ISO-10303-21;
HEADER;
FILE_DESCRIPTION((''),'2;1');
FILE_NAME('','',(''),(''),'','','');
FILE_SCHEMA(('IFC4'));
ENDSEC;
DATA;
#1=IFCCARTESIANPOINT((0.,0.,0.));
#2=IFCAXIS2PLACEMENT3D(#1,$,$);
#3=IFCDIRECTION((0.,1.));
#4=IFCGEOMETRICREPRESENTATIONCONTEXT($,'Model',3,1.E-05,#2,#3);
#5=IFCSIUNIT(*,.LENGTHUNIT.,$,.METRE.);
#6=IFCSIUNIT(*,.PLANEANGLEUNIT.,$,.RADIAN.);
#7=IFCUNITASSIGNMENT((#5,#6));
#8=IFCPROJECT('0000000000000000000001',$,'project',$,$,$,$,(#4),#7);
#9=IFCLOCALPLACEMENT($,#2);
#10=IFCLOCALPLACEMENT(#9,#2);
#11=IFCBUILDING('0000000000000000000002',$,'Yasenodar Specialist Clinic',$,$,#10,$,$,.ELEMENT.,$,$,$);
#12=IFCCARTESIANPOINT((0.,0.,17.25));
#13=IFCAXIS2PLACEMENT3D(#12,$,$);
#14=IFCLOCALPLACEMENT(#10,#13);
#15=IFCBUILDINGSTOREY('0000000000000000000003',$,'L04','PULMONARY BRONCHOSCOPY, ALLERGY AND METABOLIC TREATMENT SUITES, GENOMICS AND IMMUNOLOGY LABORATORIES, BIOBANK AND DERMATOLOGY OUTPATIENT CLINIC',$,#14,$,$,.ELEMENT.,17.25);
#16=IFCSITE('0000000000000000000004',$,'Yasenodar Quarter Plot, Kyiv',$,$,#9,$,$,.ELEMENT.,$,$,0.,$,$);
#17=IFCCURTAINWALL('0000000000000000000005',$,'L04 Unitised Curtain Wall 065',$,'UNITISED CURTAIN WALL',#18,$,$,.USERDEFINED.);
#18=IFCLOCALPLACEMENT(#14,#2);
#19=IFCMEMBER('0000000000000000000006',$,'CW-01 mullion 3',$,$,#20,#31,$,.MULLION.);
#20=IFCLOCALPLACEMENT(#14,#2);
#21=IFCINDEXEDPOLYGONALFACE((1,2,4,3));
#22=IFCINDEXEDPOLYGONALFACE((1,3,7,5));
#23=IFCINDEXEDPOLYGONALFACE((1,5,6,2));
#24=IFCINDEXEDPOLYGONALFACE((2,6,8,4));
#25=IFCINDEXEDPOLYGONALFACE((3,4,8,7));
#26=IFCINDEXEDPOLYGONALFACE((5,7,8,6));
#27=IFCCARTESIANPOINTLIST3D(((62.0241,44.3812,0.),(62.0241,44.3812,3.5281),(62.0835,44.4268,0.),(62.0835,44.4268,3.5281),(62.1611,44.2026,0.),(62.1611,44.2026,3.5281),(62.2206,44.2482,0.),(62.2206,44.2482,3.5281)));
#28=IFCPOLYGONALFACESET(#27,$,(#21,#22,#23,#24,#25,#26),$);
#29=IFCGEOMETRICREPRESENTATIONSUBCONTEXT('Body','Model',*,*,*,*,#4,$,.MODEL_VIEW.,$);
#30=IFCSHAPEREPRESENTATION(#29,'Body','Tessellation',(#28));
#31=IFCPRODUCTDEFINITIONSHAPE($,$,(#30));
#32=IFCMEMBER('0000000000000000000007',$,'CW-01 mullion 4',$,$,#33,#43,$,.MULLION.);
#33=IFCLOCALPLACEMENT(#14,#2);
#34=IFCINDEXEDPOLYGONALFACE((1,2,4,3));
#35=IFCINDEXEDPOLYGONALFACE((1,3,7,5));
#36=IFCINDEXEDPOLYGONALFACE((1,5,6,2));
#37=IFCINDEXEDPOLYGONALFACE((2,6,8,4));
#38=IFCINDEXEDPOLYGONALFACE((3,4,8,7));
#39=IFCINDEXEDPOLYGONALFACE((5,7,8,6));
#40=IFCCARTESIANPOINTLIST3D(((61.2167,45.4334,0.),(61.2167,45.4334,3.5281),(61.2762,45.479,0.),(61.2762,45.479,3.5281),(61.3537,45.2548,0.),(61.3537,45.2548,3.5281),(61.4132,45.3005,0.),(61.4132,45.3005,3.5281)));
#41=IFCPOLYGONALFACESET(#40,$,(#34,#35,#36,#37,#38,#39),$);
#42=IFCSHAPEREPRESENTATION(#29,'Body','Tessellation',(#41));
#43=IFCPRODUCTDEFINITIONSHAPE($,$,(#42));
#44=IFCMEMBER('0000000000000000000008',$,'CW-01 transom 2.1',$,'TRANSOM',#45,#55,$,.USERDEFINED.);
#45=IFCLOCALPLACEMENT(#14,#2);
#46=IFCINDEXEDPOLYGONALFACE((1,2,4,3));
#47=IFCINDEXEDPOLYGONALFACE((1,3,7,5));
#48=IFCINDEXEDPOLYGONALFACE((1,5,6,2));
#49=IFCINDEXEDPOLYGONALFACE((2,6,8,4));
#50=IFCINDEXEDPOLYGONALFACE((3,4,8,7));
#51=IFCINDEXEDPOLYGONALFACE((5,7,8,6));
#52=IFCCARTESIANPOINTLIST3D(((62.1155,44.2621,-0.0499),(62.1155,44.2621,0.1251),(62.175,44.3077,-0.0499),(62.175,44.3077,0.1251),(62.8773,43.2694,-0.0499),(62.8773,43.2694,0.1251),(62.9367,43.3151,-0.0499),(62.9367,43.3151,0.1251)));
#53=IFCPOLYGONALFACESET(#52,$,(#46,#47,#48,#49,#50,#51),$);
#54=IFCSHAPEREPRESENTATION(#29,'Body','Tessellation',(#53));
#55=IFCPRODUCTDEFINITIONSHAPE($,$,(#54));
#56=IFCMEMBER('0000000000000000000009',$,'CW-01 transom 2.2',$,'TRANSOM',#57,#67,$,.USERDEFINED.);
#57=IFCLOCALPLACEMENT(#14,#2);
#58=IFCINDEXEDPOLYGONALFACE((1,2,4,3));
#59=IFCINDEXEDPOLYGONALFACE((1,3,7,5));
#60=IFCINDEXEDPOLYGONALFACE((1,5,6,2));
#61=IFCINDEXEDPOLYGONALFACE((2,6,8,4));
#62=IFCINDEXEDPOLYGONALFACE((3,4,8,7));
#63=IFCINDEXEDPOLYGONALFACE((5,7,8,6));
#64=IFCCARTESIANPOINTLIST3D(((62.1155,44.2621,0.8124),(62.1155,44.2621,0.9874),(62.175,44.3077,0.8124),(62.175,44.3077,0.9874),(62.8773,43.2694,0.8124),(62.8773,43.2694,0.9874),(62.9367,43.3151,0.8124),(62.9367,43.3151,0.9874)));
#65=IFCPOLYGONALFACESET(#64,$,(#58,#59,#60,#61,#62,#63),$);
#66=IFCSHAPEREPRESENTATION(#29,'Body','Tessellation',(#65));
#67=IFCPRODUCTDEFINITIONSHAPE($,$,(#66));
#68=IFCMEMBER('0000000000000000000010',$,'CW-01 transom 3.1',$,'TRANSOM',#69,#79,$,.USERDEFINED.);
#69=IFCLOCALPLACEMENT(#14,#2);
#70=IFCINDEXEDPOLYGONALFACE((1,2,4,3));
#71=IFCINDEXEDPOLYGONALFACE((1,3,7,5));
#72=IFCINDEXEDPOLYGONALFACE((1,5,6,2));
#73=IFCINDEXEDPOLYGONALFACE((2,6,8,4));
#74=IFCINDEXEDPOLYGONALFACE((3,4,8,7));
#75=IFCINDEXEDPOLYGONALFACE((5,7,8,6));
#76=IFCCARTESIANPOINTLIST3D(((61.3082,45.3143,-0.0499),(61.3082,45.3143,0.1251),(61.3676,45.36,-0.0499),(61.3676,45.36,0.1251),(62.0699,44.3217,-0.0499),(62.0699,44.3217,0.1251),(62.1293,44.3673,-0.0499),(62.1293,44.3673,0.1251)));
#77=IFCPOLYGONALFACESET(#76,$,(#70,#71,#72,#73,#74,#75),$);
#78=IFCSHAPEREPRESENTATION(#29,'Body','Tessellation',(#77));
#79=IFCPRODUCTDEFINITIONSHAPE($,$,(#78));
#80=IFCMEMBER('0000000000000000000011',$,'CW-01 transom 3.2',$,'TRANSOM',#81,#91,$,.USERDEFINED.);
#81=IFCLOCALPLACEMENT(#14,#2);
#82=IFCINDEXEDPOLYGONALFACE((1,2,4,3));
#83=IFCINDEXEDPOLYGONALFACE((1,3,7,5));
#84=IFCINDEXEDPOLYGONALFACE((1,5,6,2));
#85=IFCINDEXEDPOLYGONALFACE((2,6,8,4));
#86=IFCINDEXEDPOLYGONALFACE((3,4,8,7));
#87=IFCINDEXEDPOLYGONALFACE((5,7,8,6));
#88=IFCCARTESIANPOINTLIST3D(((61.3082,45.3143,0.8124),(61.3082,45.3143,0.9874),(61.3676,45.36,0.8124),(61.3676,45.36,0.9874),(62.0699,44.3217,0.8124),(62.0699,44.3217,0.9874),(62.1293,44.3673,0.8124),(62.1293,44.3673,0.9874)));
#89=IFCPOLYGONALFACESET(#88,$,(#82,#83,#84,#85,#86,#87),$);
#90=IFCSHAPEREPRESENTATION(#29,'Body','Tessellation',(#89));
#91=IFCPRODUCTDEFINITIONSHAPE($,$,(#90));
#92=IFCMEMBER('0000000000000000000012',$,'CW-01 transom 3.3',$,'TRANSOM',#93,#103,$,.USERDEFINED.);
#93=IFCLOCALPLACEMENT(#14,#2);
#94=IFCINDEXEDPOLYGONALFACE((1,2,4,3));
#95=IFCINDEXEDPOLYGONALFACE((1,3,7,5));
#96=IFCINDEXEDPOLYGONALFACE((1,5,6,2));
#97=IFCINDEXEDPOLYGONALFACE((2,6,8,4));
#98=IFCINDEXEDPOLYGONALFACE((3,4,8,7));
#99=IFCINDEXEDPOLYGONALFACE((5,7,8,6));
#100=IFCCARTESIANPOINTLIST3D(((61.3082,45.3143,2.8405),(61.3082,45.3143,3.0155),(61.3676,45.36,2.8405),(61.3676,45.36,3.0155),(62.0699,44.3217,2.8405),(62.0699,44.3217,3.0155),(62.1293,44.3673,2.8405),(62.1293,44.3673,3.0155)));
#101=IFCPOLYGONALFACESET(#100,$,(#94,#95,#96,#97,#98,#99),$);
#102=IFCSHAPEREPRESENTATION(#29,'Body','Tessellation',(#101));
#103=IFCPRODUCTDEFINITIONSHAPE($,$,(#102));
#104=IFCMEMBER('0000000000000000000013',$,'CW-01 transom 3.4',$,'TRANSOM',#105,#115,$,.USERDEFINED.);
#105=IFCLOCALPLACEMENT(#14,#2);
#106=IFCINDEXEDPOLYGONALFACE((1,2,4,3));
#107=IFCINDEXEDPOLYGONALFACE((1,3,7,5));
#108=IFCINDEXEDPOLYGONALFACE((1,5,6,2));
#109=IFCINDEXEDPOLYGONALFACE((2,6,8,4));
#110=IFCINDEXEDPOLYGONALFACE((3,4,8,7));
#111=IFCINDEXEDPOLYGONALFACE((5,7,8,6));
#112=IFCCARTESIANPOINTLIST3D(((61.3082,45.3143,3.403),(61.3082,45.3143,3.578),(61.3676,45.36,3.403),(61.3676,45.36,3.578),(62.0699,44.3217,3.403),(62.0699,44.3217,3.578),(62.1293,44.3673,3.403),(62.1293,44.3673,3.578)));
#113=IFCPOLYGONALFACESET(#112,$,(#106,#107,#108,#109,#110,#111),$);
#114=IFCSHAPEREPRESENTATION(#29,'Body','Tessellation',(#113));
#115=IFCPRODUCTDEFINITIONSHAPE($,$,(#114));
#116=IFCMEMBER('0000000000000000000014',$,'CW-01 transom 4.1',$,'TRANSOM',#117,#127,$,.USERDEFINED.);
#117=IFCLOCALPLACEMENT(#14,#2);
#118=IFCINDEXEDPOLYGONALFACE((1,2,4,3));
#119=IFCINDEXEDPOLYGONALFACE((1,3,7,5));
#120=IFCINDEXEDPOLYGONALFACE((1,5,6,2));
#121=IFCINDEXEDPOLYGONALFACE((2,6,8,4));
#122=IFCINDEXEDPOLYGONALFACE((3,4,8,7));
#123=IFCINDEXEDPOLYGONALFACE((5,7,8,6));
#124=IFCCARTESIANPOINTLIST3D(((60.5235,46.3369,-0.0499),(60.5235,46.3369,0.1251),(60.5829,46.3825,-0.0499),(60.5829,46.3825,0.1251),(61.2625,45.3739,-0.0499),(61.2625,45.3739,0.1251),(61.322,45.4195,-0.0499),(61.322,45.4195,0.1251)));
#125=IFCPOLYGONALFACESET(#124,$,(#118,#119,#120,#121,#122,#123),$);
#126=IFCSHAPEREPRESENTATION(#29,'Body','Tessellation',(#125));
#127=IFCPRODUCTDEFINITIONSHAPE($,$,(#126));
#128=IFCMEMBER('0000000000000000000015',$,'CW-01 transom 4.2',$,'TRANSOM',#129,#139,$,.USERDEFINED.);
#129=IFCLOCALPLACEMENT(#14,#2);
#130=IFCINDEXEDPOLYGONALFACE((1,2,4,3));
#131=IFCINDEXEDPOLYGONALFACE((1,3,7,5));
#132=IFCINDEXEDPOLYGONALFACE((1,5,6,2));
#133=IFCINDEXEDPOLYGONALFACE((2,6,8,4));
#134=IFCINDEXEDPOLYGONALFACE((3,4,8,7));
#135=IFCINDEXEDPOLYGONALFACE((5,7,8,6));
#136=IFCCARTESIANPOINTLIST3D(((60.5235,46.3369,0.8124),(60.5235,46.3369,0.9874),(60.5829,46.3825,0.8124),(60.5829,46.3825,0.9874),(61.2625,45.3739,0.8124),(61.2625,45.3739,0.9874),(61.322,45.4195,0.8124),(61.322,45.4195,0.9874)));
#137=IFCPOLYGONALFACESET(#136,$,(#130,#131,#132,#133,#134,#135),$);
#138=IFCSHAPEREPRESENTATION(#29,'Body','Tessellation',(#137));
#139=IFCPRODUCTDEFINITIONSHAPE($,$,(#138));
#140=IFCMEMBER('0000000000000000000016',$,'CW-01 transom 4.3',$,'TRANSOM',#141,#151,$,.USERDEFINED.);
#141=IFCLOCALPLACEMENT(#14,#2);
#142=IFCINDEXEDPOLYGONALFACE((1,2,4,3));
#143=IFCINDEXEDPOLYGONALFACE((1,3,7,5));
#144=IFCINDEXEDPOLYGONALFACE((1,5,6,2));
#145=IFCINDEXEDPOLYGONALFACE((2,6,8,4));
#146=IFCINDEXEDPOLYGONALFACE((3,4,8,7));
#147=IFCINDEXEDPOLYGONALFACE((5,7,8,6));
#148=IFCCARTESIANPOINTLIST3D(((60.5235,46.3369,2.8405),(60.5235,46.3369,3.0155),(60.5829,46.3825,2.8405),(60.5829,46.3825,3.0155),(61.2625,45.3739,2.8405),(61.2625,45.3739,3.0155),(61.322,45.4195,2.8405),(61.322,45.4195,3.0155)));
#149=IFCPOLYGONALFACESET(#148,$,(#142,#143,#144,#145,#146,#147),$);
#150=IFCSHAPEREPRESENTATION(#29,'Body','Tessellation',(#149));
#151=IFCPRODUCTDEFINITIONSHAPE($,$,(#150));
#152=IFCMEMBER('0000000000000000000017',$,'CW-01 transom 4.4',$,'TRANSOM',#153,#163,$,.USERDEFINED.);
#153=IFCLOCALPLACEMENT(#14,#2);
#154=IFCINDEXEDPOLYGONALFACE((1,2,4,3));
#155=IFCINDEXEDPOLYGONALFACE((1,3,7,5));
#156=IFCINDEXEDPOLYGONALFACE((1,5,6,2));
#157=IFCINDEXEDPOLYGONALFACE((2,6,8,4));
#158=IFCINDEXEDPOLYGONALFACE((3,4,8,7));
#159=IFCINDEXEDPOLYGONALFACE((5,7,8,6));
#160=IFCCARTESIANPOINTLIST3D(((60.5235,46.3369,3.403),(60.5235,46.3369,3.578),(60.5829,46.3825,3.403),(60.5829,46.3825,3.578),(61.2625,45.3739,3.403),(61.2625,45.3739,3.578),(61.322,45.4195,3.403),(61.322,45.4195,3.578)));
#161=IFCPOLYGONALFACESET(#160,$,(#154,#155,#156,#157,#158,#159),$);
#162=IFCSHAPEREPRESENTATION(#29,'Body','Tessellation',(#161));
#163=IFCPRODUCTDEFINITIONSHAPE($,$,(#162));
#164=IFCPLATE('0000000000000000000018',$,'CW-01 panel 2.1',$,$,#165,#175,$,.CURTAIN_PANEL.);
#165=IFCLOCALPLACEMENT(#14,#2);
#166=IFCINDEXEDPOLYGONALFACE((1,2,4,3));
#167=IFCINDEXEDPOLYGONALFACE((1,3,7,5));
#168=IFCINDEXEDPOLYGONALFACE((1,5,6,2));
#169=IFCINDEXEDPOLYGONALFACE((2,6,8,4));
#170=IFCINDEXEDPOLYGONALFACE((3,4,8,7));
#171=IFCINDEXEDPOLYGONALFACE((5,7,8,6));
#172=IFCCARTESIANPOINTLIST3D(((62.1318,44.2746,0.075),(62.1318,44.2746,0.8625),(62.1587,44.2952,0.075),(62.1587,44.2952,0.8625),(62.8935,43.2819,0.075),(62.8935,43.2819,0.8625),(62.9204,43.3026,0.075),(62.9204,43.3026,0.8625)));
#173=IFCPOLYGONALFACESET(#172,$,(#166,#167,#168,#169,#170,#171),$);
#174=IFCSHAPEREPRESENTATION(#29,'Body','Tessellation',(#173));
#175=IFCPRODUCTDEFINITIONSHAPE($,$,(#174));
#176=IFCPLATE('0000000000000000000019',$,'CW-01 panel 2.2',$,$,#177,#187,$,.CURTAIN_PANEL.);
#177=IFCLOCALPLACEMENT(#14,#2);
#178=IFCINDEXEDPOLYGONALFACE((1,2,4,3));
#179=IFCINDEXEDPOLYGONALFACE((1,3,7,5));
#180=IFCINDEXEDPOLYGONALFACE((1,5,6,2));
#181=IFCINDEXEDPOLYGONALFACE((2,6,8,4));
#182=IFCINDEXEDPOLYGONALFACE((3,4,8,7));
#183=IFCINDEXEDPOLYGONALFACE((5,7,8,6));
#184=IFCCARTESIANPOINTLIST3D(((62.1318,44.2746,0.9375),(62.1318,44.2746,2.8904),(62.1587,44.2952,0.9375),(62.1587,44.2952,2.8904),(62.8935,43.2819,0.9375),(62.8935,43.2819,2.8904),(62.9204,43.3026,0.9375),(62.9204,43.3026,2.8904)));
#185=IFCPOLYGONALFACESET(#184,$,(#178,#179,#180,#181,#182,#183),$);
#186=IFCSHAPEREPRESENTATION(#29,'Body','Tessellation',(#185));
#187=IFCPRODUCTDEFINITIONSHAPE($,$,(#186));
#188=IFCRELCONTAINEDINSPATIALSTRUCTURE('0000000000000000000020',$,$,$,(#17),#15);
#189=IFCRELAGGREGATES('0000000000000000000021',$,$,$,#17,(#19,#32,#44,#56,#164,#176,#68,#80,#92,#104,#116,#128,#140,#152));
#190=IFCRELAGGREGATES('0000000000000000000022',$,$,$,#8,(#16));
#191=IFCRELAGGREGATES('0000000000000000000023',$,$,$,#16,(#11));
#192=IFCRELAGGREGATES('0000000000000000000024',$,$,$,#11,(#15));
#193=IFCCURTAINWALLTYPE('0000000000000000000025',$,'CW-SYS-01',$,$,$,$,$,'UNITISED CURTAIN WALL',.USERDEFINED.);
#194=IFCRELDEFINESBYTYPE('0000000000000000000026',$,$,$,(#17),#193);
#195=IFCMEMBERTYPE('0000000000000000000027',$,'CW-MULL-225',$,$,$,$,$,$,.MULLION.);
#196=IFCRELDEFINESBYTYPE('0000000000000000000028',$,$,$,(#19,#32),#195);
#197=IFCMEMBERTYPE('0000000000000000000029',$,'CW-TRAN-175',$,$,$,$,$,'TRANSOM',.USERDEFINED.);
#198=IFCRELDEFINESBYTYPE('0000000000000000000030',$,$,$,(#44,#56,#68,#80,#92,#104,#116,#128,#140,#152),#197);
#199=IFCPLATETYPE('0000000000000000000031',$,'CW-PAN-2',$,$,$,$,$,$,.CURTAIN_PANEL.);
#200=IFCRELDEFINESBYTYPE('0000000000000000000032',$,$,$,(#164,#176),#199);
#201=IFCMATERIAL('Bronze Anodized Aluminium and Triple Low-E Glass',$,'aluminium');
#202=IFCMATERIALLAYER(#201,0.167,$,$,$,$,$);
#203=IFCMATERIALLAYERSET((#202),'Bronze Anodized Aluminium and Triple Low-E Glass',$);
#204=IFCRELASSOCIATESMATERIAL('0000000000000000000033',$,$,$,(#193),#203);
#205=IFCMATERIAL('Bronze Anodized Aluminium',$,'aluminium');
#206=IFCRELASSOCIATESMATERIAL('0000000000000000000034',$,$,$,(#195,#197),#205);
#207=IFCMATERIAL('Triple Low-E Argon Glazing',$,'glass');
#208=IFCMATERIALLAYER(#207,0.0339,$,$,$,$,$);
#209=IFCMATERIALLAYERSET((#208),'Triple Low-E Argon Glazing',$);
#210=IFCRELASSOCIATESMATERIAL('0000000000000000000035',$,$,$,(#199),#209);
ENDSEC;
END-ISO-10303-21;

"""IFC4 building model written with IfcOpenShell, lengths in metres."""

from ifc_helpers import new_model, si_unit, direction, frame, origin, origin_2d, place, context, subcontext, project, spatial, rectangle, extrude, material, layer, layer_set, material_profile, profile_set, type_object, element, aggregate, save


model = new_model("IFC4")

# Units and contexts
model_context = context("Model", 3, precision=1e-05, world=origin(), true_north=direction((0.0, 1.0)))
body_context = subcontext(model_context, "Body", "Model", "MODEL_VIEW")
ifc_project = project(units=[si_unit("LENGTHUNIT", "METRE"), si_unit("PLANEANGLEUNIT", "RADIAN")], contexts=[model_context])

# Site, building, storey
site_placement = place(None, origin())
site = spatial("IfcSite", under=ifc_project, at=site_placement, Name="Yasenodar Quarter Plot, Kyiv", CompositionType="ELEMENT", RefElevation=0.0)
building_placement = place(site_placement, origin())
building = spatial("IfcBuilding", under=site, at=building_placement, Name="Yasenodar Specialist Clinic", CompositionType="ELEMENT")
storey_placement = place(building_placement, frame((0.0, 0.0, 17.25)))
storey = spatial("IfcBuildingStorey", under=building, at=storey_placement, Name="L04", Description="PULMONARY BRONCHOSCOPY, ALLERGY AND METABOLIC TREATMENT SUITES, GENOMICS AND IMMUNOLOGY LABORATORIES, BIOBANK AND DERMATOLOGY OUTPATIENT CLINIC", CompositionType="ELEMENT", Elevation=17.25)

# Curtain wall, members, plates
ifc_material_1 = material(Name="Bronze Anodized Aluminium and Triple Low-E Glass", Category="aluminium")
ifc_layer_1 = layer(ifc_material_1, 0.167)
ifc_layer_set_1 = layer_set([ifc_layer_1], Name="Bronze Anodized Aluminium and Triple Low-E Glass")
curtain_wall_type = type_object("IfcCurtainWallType", Name="CW-SYS-01", ElementType="UNITISED CURTAIN WALL", PredefinedType="USERDEFINED", material=ifc_layer_set_1)
curtain_wall_placement = place(storey_placement, origin())
curtain_wall = element("IfcCurtainWall", 1, at=curtain_wall_placement, inside=storey, type_object=curtain_wall_type, Name="L04 Unitised Curtain Wall 065", ObjectType="UNITISED CURTAIN WALL", PredefinedType="USERDEFINED")
ifc_material_2 = material(Name="Bronze Anodized Aluminium", Category="aluminium")
ifc_material_profile_1 = material_profile(ifc_material_2, rectangle(XDim=0.075, YDim=0.2251, at=origin_2d()), Name="CW-MULL 75x225")
ifc_profile_set_1 = profile_set([ifc_material_profile_1], Name="Bronze Anodized Aluminium")
member_type_1 = type_object("IfcMemberType", Name="CW-MULL-225", PredefinedType="MULLION", material=ifc_profile_set_1)
member_1_placement = place(storey_placement, frame((62.1223, 44.3147, 0.0), z_axis=(0.0, 0.0, 1.0), x_axis=(-0.793361, -0.608752, 0.0)))
member_1 = element("IfcMember", 2, at=member_1_placement, type_object=member_type_1, Name="CW-01 mullion 3", PredefinedType="MULLION", context=body_context, shape_type="SweptSolid", body=[
    extrude(rectangle(XDim=0.075, YDim=0.2251, at=origin_2d()), origin(), (0.0, 0.0, 1.0), 3.5281),
])
member_2_placement = place(storey_placement, frame((61.3149, 45.3669, 0.0), z_axis=(0.0, 0.0, 1.0), x_axis=(-0.793361, -0.608752, 0.0)))
member_2 = element("IfcMember", 3, at=member_2_placement, type_object=member_type_1, Name="CW-01 mullion 4", PredefinedType="MULLION", context=body_context, shape_type="SweptSolid", body=[
    extrude(rectangle(XDim=0.075, YDim=0.2251, at=origin_2d()), origin(), (0.0, 0.0, 1.0), 3.5281),
])
ifc_material_profile_2 = material_profile(ifc_material_2, rectangle(XDim=0.075, YDim=0.175, at=origin_2d()), Name="CW-TRAN 75x175")
ifc_profile_set_2 = profile_set([ifc_material_profile_2], Name="Bronze Anodized Aluminium")
member_type_2 = type_object("IfcMemberType", Name="CW-TRAN-175", ElementType="TRANSOM", PredefinedType="USERDEFINED", material=ifc_profile_set_2)
member_3_placement = place(storey_placement, frame((62.907, 43.2922, 0.0376), z_axis=(-0.608767, 0.793349, 0.0), x_axis=(-0.793349, -0.608767, 0.0)))
member_3 = element("IfcMember", 4, at=member_3_placement, type_object=member_type_2, Name="CW-01 transom 2.1", ObjectType="TRANSOM", PredefinedType="USERDEFINED", context=body_context, shape_type="SweptSolid", body=[
    extrude(rectangle(XDim=0.075, YDim=0.175, at=origin_2d()), origin(), (0.0, 0.0, 1.0), 1.2512),
])
member_4_placement = place(storey_placement, frame((62.907, 43.2922, 0.8999), z_axis=(-0.608767, 0.793349, 0.0), x_axis=(-0.793349, -0.608767, 0.0)))
member_4 = element("IfcMember", 5, at=member_4_placement, type_object=member_type_2, Name="CW-01 transom 2.2", ObjectType="TRANSOM", PredefinedType="USERDEFINED", context=body_context, shape_type="SweptSolid", body=[
    extrude(rectangle(XDim=0.075, YDim=0.175, at=origin_2d()), origin(), (0.0, 0.0, 1.0), 1.2512),
])
member_5_placement = place(storey_placement, frame((62.0996, 44.3445, 0.0376), z_axis=(-0.608767, 0.793349, 0.0), x_axis=(-0.793349, -0.608767, 0.0)))
member_5 = element("IfcMember", 6, at=member_5_placement, type_object=member_type_2, Name="CW-01 transom 3.1", ObjectType="TRANSOM", PredefinedType="USERDEFINED", context=body_context, shape_type="SweptSolid", body=[
    extrude(rectangle(XDim=0.075, YDim=0.175, at=origin_2d()), origin(), (0.0, 0.0, 1.0), 1.2512),
])
member_6_placement = place(storey_placement, frame((62.0996, 44.3445, 0.8999), z_axis=(-0.608767, 0.793349, 0.0), x_axis=(-0.793349, -0.608767, 0.0)))
member_6 = element("IfcMember", 7, at=member_6_placement, type_object=member_type_2, Name="CW-01 transom 3.2", ObjectType="TRANSOM", PredefinedType="USERDEFINED", context=body_context, shape_type="SweptSolid", body=[
    extrude(rectangle(XDim=0.075, YDim=0.175, at=origin_2d()), origin(), (0.0, 0.0, 1.0), 1.2512),
])
member_7_placement = place(storey_placement, frame((62.0996, 44.3445, 2.928), z_axis=(-0.608767, 0.793349, 0.0), x_axis=(-0.793349, -0.608767, 0.0)))
member_7 = element("IfcMember", 8, at=member_7_placement, type_object=member_type_2, Name="CW-01 transom 3.3", ObjectType="TRANSOM", PredefinedType="USERDEFINED", context=body_context, shape_type="SweptSolid", body=[
    extrude(rectangle(XDim=0.075, YDim=0.175, at=origin_2d()), origin(), (0.0, 0.0, 1.0), 1.2512),
])
member_8_placement = place(storey_placement, frame((62.0996, 44.3445, 3.4905), z_axis=(-0.608767, 0.793349, 0.0), x_axis=(-0.793349, -0.608767, 0.0)))
member_8 = element("IfcMember", 9, at=member_8_placement, type_object=member_type_2, Name="CW-01 transom 3.4", ObjectType="TRANSOM", PredefinedType="USERDEFINED", context=body_context, shape_type="SweptSolid", body=[
    extrude(rectangle(XDim=0.075, YDim=0.175, at=origin_2d()), origin(), (0.0, 0.0, 1.0), 1.2512),
])
member_9_placement = place(storey_placement, frame((61.2922, 45.3967, 0.0376), z_axis=(-0.608845, 0.793289, 0.0), x_axis=(-0.793289, -0.608845, 0.0)))
member_9 = element("IfcMember", 10, at=member_9_placement, type_object=member_type_2, Name="CW-01 transom 4.1", ObjectType="TRANSOM", PredefinedType="USERDEFINED", context=body_context, shape_type="SweptSolid", body=[
    extrude(rectangle(XDim=0.075, YDim=0.175, at=origin_2d()), origin(), (0.0, 0.0, 1.0), 1.2139),
])
member_10_placement = place(storey_placement, frame((61.2922, 45.3967, 0.8999), z_axis=(-0.608845, 0.793289, 0.0), x_axis=(-0.793289, -0.608845, 0.0)))
member_10 = element("IfcMember", 11, at=member_10_placement, type_object=member_type_2, Name="CW-01 transom 4.2", ObjectType="TRANSOM", PredefinedType="USERDEFINED", context=body_context, shape_type="SweptSolid", body=[
    extrude(rectangle(XDim=0.075, YDim=0.175, at=origin_2d()), origin(), (0.0, 0.0, 1.0), 1.2139),
])
member_11_placement = place(storey_placement, frame((61.2922, 45.3967, 2.928), z_axis=(-0.608845, 0.793289, 0.0), x_axis=(-0.793289, -0.608845, 0.0)))
member_11 = element("IfcMember", 12, at=member_11_placement, type_object=member_type_2, Name="CW-01 transom 4.3", ObjectType="TRANSOM", PredefinedType="USERDEFINED", context=body_context, shape_type="SweptSolid", body=[
    extrude(rectangle(XDim=0.075, YDim=0.175, at=origin_2d()), origin(), (0.0, 0.0, 1.0), 1.2139),
])
member_12_placement = place(storey_placement, frame((61.2922, 45.3967, 3.4905), z_axis=(-0.608845, 0.793289, 0.0), x_axis=(-0.793289, -0.608845, 0.0)))
member_12 = element("IfcMember", 13, at=member_12_placement, type_object=member_type_2, Name="CW-01 transom 4.4", ObjectType="TRANSOM", PredefinedType="USERDEFINED", context=body_context, shape_type="SweptSolid", body=[
    extrude(rectangle(XDim=0.075, YDim=0.175, at=origin_2d()), origin(), (0.0, 0.0, 1.0), 1.2139),
])
ifc_material_3 = material(Name="Triple Low-E Argon Glazing", Category="glass")
ifc_layer_2 = layer(ifc_material_3, 0.0339)
ifc_layer_set_2 = layer_set([ifc_layer_2], Name="Triple Low-E Argon Glazing")
plate_type_1 = type_object("IfcPlateType", Name="CW-PAN-2", PredefinedType="CURTAIN_PANEL", material=ifc_layer_set_2)
plate_1_placement = place(storey_placement, frame((62.5261, 43.7886, 0.075), z_axis=(0.0, 0.0, 1.0), x_axis=(-0.608752, 0.793361, 0.0)))
plate_1 = element("IfcPlate", 14, at=plate_1_placement, type_object=plate_type_1, Name="CW-01 panel 2.1", PredefinedType="CURTAIN_PANEL", context=body_context, shape_type="SweptSolid", body=[
    extrude(rectangle(XDim=1.2512, YDim=0.0339, at=origin_2d()), origin(), (0.0, 0.0, 1.0), 0.7876),
])
plate_2_placement = place(storey_placement, frame((62.5261, 43.7886, 0.9375), z_axis=(0.0, 0.0, 1.0), x_axis=(-0.608752, 0.793361, 0.0)))
plate_2 = element("IfcPlate", 15, at=plate_2_placement, type_object=plate_type_1, Name="CW-01 panel 2.2", PredefinedType="CURTAIN_PANEL", context=body_context, shape_type="SweptSolid", body=[
    extrude(rectangle(XDim=1.2512, YDim=0.0339, at=origin_2d()), origin(), (0.0, 0.0, 1.0), 1.9529),
])
aggregate(curtain_wall, [member_1, member_2, member_3, member_4, plate_1, plate_2, member_5, member_6, member_7, member_8, member_9, member_10, member_11, member_12])

save(model, "model.ifc")
